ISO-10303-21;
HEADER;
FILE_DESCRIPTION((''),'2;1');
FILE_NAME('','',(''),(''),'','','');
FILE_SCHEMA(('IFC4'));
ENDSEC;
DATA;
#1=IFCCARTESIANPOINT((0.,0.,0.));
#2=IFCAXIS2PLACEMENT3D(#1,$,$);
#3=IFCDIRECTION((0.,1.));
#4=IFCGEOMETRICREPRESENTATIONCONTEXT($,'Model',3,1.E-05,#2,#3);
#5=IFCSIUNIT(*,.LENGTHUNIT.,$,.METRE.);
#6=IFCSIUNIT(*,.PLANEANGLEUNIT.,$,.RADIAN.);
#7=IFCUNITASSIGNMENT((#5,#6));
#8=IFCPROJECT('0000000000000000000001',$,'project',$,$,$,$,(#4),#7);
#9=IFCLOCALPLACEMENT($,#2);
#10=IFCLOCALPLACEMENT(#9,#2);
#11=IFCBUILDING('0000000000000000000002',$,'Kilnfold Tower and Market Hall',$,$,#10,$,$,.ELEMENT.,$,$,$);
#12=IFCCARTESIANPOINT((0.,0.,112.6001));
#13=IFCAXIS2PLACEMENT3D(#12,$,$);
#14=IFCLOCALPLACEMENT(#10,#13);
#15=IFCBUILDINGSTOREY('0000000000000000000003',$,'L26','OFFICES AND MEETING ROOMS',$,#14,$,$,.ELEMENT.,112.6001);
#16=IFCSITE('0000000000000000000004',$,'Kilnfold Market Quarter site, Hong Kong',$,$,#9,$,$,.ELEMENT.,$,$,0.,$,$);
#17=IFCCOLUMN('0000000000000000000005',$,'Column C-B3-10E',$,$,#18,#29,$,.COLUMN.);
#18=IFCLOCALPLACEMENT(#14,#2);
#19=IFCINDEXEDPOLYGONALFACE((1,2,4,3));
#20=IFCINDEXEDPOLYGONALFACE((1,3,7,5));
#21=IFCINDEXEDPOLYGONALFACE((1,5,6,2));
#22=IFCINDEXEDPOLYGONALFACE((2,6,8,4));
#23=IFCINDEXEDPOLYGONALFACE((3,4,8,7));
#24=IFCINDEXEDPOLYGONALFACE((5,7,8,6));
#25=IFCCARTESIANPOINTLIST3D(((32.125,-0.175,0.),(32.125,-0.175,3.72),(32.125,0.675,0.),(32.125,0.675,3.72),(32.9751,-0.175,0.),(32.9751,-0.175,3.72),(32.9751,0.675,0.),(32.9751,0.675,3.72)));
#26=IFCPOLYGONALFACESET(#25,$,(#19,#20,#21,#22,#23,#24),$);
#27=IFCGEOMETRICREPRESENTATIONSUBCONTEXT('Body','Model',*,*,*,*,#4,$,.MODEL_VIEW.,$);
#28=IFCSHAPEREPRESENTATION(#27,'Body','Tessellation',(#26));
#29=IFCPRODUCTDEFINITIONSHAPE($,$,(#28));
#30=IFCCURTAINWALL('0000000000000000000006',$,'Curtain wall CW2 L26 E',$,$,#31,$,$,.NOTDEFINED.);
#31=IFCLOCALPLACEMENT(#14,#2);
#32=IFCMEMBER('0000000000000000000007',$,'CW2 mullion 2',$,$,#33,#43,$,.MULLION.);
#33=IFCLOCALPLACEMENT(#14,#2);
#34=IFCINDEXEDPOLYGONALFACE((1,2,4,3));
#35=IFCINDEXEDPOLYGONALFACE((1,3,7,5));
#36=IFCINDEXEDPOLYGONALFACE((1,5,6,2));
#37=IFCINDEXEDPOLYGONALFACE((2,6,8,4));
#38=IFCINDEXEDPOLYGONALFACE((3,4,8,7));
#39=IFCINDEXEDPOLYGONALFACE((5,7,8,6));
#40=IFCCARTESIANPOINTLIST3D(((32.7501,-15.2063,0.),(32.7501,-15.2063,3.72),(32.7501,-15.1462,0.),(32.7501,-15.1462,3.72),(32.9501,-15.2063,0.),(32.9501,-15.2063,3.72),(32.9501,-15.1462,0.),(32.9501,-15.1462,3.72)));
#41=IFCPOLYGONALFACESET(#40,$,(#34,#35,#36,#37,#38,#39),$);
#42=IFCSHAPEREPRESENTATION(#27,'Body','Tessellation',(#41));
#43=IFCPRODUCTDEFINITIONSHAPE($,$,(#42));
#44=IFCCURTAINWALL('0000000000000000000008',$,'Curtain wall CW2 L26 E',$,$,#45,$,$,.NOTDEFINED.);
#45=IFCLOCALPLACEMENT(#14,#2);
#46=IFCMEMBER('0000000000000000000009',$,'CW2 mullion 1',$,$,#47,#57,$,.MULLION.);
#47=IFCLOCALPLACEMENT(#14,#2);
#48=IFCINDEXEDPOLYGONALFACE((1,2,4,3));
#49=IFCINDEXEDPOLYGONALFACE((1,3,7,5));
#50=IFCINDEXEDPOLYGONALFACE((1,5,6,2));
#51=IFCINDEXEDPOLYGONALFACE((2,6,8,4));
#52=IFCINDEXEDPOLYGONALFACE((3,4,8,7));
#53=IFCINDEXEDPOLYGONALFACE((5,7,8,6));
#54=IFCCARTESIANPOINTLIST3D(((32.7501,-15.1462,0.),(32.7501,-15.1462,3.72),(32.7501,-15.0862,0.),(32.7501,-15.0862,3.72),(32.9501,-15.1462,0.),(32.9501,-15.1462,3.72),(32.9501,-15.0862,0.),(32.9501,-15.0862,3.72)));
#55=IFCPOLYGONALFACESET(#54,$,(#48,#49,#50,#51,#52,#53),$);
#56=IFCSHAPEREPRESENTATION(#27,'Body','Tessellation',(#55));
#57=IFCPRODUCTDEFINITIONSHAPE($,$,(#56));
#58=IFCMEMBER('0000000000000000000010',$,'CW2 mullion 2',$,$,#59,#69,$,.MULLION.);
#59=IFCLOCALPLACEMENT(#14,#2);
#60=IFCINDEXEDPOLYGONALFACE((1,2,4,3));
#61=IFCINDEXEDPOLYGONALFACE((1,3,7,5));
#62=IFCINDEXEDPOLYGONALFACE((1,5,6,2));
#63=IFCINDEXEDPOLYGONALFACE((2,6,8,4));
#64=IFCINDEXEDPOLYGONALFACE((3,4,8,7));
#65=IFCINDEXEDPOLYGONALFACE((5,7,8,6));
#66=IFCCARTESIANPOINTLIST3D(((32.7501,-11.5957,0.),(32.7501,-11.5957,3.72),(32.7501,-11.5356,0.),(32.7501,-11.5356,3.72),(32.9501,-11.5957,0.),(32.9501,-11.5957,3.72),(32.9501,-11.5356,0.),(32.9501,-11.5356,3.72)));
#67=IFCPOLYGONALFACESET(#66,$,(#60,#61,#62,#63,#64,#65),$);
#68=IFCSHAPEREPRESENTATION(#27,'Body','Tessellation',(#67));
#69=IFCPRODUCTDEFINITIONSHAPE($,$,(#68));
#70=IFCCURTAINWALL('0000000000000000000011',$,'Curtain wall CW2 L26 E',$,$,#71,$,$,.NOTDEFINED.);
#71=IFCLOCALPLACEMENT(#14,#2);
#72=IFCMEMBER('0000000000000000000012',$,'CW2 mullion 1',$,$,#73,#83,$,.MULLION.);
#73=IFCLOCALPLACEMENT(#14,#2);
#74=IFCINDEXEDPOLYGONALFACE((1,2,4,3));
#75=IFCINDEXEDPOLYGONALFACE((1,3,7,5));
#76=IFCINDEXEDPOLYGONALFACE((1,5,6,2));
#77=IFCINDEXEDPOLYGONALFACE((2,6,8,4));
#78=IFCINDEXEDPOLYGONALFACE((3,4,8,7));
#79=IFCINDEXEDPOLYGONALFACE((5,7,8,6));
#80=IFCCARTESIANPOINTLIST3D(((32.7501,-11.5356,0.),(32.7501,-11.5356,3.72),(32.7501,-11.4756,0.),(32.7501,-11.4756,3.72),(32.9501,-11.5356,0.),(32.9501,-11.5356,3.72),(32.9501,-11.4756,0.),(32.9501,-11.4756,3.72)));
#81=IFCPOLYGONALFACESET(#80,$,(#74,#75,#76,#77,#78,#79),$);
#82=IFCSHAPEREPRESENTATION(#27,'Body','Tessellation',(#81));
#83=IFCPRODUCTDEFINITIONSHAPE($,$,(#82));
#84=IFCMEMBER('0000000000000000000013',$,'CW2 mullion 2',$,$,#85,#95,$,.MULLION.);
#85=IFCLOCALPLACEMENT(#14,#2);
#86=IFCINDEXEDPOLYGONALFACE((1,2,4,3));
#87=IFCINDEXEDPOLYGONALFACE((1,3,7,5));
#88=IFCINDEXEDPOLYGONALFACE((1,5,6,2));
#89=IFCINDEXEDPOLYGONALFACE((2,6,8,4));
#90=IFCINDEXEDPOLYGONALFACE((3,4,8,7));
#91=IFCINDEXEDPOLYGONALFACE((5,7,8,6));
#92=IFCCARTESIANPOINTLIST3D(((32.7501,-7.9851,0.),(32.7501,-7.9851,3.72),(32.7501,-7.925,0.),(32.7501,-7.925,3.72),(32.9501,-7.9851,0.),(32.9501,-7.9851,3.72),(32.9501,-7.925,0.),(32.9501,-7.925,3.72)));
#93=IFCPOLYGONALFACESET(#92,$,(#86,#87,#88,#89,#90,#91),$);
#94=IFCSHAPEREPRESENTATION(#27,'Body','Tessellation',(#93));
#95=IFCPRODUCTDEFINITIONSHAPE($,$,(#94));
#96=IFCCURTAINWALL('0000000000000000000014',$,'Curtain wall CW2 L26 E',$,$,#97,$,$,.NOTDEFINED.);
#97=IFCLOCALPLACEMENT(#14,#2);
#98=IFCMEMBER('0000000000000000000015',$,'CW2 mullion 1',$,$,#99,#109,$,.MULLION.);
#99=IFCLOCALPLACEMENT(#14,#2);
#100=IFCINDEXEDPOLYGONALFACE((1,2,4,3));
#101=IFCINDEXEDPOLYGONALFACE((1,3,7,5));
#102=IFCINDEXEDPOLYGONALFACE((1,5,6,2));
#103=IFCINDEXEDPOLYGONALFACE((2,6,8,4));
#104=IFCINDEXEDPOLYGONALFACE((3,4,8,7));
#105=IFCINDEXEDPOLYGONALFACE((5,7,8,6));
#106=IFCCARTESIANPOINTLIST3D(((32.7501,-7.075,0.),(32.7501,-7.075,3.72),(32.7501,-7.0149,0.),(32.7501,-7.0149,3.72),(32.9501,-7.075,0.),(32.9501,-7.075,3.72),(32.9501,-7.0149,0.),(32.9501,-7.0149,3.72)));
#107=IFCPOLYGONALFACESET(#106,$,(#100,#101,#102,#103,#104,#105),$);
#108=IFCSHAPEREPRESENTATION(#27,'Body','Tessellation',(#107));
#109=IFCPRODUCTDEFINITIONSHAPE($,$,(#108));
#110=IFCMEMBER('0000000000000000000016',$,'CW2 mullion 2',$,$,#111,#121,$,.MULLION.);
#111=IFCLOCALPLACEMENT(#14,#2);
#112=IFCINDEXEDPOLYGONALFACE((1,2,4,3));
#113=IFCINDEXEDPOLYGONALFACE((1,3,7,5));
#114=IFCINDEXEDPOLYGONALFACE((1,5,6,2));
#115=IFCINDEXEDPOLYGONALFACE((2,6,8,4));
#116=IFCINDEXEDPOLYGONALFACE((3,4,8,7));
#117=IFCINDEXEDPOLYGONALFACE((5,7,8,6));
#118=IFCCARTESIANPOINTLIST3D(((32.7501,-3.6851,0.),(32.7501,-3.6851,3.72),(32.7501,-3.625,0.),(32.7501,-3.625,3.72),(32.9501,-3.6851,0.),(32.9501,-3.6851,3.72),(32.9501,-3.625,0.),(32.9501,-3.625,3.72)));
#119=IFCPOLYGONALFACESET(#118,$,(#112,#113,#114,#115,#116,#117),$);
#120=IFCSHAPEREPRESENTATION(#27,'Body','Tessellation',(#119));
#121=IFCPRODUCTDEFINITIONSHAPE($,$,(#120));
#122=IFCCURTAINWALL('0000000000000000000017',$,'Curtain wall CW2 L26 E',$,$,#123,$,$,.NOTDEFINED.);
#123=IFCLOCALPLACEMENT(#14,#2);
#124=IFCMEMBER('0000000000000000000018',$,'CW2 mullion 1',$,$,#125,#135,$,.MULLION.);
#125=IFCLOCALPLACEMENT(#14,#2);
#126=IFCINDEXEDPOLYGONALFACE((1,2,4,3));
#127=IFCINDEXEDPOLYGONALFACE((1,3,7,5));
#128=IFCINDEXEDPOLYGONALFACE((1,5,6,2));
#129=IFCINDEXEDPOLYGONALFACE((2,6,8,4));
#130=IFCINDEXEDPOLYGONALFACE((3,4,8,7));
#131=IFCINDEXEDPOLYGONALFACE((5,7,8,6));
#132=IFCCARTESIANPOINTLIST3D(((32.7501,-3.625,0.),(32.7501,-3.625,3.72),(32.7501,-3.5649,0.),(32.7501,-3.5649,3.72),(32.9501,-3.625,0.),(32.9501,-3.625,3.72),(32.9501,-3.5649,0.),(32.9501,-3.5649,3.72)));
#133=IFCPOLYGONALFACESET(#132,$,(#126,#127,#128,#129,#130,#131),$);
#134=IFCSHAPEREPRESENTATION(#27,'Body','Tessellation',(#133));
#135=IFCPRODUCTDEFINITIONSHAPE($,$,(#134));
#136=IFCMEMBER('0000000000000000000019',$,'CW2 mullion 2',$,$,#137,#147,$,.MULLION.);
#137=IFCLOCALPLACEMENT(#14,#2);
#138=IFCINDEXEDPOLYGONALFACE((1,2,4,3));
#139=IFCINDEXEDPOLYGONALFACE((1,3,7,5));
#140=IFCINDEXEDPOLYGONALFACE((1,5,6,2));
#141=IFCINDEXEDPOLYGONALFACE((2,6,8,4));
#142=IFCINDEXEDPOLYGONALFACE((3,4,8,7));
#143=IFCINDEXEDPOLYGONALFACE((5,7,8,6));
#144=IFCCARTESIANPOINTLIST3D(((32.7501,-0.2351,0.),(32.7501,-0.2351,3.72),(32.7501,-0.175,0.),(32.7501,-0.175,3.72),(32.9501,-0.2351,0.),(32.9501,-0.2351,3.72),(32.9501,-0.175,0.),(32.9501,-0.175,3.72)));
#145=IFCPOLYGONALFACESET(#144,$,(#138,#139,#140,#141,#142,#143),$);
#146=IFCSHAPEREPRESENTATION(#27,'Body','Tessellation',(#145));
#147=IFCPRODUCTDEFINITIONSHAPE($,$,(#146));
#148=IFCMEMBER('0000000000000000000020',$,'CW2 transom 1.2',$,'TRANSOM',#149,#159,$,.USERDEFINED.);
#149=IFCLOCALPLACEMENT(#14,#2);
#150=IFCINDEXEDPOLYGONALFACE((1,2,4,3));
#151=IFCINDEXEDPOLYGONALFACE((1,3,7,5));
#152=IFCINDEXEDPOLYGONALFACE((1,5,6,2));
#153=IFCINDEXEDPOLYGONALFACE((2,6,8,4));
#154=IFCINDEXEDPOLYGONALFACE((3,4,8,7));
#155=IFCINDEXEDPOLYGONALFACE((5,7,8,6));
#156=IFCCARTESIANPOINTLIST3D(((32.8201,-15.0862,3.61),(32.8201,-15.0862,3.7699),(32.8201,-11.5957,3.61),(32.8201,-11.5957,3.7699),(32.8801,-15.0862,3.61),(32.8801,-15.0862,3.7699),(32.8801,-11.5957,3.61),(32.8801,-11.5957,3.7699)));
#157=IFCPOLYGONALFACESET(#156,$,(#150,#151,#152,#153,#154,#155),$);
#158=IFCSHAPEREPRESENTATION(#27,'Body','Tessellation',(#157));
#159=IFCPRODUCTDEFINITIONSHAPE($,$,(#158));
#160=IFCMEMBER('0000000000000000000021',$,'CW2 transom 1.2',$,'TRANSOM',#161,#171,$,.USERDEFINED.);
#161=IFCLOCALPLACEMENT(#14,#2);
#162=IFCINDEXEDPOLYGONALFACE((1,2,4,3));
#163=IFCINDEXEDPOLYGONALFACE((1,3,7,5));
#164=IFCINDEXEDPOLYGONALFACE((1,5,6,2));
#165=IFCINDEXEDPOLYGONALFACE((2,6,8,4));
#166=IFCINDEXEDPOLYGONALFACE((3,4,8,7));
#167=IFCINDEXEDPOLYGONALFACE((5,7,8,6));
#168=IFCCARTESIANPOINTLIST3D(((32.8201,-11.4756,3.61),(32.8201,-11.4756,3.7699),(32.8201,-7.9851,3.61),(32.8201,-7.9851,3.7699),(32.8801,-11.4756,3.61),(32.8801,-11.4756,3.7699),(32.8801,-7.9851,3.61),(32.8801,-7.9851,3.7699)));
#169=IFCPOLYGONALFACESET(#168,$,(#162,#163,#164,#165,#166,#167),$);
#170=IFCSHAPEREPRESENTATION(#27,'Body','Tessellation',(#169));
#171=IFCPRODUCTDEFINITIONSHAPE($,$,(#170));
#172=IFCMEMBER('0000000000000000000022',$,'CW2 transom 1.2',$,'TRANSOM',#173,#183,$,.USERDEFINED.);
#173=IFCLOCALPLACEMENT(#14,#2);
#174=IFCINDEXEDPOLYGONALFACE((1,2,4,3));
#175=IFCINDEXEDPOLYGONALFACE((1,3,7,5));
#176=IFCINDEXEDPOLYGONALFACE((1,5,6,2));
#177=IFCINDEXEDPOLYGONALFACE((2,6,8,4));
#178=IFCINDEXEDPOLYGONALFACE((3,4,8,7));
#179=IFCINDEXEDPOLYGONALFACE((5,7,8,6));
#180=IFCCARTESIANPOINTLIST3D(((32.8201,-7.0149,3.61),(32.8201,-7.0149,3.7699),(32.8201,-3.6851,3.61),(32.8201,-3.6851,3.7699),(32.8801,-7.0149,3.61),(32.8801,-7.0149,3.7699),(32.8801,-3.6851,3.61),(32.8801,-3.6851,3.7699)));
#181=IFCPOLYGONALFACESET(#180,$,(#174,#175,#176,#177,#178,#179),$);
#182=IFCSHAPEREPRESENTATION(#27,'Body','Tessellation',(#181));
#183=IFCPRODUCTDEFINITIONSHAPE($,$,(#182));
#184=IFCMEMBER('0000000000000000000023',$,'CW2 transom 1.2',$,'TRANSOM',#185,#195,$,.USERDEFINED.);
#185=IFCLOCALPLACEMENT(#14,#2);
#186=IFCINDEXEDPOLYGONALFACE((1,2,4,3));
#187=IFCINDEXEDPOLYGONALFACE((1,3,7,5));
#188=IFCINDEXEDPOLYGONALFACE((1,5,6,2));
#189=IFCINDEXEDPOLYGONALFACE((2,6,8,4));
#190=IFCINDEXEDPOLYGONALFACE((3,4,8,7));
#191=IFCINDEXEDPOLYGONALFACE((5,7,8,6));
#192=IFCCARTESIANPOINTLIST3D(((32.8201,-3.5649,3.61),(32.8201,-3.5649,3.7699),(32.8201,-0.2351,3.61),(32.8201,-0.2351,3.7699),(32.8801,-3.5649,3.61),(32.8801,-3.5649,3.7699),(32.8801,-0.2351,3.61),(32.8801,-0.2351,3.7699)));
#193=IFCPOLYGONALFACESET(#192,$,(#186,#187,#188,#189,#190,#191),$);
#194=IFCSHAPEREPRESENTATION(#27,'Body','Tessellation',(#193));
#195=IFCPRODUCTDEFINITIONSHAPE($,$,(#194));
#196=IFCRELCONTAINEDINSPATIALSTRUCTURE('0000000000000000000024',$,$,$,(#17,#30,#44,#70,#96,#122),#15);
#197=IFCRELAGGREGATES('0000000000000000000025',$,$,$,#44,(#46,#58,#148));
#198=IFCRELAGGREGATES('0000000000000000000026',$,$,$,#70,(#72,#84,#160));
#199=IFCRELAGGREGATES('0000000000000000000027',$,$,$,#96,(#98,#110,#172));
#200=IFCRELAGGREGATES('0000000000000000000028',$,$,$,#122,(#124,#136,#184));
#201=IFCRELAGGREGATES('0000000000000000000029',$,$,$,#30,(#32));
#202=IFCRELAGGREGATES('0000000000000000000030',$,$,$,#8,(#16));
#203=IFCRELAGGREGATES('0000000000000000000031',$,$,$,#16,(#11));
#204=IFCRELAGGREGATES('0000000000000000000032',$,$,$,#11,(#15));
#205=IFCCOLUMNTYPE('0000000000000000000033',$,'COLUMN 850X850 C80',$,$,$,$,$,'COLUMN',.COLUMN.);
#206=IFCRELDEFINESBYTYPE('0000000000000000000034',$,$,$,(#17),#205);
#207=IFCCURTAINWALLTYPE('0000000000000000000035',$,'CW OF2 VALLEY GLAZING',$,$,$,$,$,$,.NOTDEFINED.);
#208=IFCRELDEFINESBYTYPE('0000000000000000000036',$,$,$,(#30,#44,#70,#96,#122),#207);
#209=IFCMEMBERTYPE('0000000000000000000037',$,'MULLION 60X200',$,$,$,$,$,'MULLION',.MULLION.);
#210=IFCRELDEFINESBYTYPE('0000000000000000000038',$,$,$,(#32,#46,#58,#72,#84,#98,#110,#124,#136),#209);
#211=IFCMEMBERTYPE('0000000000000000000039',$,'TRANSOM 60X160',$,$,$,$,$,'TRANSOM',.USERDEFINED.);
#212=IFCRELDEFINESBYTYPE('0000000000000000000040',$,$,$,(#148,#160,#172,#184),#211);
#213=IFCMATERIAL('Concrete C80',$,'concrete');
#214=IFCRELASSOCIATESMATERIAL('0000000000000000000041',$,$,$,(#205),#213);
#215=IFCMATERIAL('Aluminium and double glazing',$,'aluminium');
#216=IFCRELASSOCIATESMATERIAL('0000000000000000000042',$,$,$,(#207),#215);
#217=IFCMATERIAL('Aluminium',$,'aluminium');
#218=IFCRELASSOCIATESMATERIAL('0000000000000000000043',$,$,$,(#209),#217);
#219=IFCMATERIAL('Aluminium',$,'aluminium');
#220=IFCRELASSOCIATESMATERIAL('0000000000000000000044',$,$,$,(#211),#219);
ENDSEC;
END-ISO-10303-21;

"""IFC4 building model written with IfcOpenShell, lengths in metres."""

from ifc_helpers import new_model, si_unit, direction, frame, origin, origin_2d, place, context, subcontext, project, spatial, rectangle, extrude, source, transform, mapped, material, material_profile, profile_set, type_object, element, aggregate, save


model = new_model("IFC4")

# Units and contexts
model_context = context("Model", 3, precision=1e-05, world=origin(), true_north=direction((0.0, 1.0)))
body_context = subcontext(model_context, "Body", "Model", "MODEL_VIEW")
ifc_project = project(units=[si_unit("LENGTHUNIT", "METRE"), si_unit("PLANEANGLEUNIT", "RADIAN")], contexts=[model_context])

# Site, building, storey
site_placement = place(None, origin())
site = spatial("IfcSite", under=ifc_project, at=site_placement, Name="Kilnfold Market Quarter site, Hong Kong", CompositionType="ELEMENT", RefElevation=0.0)
building_placement = place(site_placement, origin())
building = spatial("IfcBuilding", under=site, at=building_placement, Name="Kilnfold Tower and Market Hall", CompositionType="ELEMENT")
storey_placement = place(building_placement, frame((0.0, 0.0, 112.6001)))
storey = spatial("IfcBuildingStorey", under=building, at=storey_placement, Name="L26", Description="OFFICES AND MEETING ROOMS", CompositionType="ELEMENT", Elevation=112.6001)

# Column
ifc_material_1 = material(Name="Concrete C80", Category="concrete")
ifc_material_profile_1 = material_profile(ifc_material_1, rectangle(XDim=0.8501, YDim=0.8501, at=origin_2d()), Name="RC 850x850")
ifc_profile_set_1 = profile_set([ifc_material_profile_1], Name="Concrete C80")
column_type = type_object("IfcColumnType", Name="COLUMN 850X850 C80", ElementType="COLUMN", PredefinedType="COLUMN", material=ifc_profile_set_1)
shared_shape_1 = source(origin(), body_context, "Body", "SweptSolid", [
    extrude(rectangle(XDim=0.8501, YDim=0.8501, at=origin_2d()), origin(), (0.0, 0.0, 1.0), 3.72),
])
column_placement = place(storey_placement, frame((32.55, 0.25, 0.0), z_axis=(0.0, 0.0, 1.0), x_axis=(1.0, 0.0, 0.0)))
element("IfcColumn", 1, at=column_placement, inside=storey, type_object=column_type, Name="Column C-B3-10E", PredefinedType="COLUMN", context=body_context, shape_type="MappedRepresentation", body=[
    mapped(shared_shape_1, transform((0.0, 0.0, 0.0))),
])

# Curtain wall, member
ifc_material_2 = material(Name="Aluminium and double glazing", Category="aluminium")
curtain_wall_type = type_object("IfcCurtainWallType", Name="CW OF2 VALLEY GLAZING", PredefinedType="NOTDEFINED", material=ifc_material_2)
curtain_wall_1_placement = place(storey_placement, origin())
curtain_wall_1 = element("IfcCurtainWall", 2, at=curtain_wall_1_placement, inside=storey, type_object=curtain_wall_type, Name="Curtain wall CW2 L26 E", PredefinedType="NOTDEFINED")
ifc_material_3 = material(Name="Aluminium", Category="aluminium")
ifc_material_profile_2 = material_profile(ifc_material_3, rectangle(XDim=0.0601, YDim=0.2, at=origin_2d()), Name="MULLION 60x200")
ifc_profile_set_2 = profile_set([ifc_material_profile_2], Name="Aluminium")
member_type_1 = type_object("IfcMemberType", Name="MULLION 60X200", ElementType="MULLION", PredefinedType="MULLION", material=ifc_profile_set_2)
shared_shape_2 = source(origin(), body_context, "Body", "SweptSolid", [
    extrude(rectangle(XDim=0.0601, YDim=0.2, at=origin_2d()), origin(), (0.0, 0.0, 1.0), 3.72),
])
member_1_placement = place(storey_placement, frame((32.8501, -15.1763, 0.0), z_axis=(0.0, 0.0, 1.0), x_axis=(0.0, 1.0, 0.0)))
member_1 = element("IfcMember", 3, at=member_1_placement, type_object=member_type_1, Name="CW2 mullion 2", PredefinedType="MULLION", context=body_context, shape_type="MappedRepresentation", body=[
    mapped(shared_shape_2, transform((0.0, 0.0, 0.0))),
])

# Curtain walls, members
curtain_wall_2_placement = place(storey_placement, origin())
curtain_wall_2 = element("IfcCurtainWall", 4, at=curtain_wall_2_placement, inside=storey, type_object=curtain_wall_type, Name="Curtain wall CW2 L26 E", PredefinedType="NOTDEFINED")
member_2_placement = place(storey_placement, frame((32.8501, -15.1162, 0.0), z_axis=(0.0, 0.0, 1.0), x_axis=(0.0, 1.0, 0.0)))
member_2 = element("IfcMember", 5, at=member_2_placement, type_object=member_type_1, Name="CW2 mullion 1", PredefinedType="MULLION", context=body_context, shape_type="MappedRepresentation", body=[
    mapped(shared_shape_2, transform((0.0, 0.0, 0.0))),
])
member_3_placement = place(storey_placement, frame((32.8501, -11.5657, 0.0), z_axis=(0.0, 0.0, 1.0), x_axis=(0.0, 1.0, 0.0)))
member_3 = element("IfcMember", 6, at=member_3_placement, type_object=member_type_1, Name="CW2 mullion 2", PredefinedType="MULLION", context=body_context, shape_type="MappedRepresentation", body=[
    mapped(shared_shape_2, transform((0.0, 0.0, 0.0))),
])
curtain_wall_3_placement = place(storey_placement, origin())
curtain_wall_3 = element("IfcCurtainWall", 7, at=curtain_wall_3_placement, inside=storey, type_object=curtain_wall_type, Name="Curtain wall CW2 L26 E", PredefinedType="NOTDEFINED")
member_4_placement = place(storey_placement, frame((32.8501, -11.5056, 0.0), z_axis=(0.0, 0.0, 1.0), x_axis=(0.0, 1.0, 0.0)))
member_4 = element("IfcMember", 8, at=member_4_placement, type_object=member_type_1, Name="CW2 mullion 1", PredefinedType="MULLION", context=body_context, shape_type="MappedRepresentation", body=[
    mapped(shared_shape_2, transform((0.0, 0.0, 0.0))),
])
member_5_placement = place(storey_placement, frame((32.8501, -7.9551, 0.0), z_axis=(0.0, 0.0, 1.0), x_axis=(0.0, 1.0, 0.0)))
member_5 = element("IfcMember", 9, at=member_5_placement, type_object=member_type_1, Name="CW2 mullion 2", PredefinedType="MULLION", context=body_context, shape_type="MappedRepresentation", body=[
    mapped(shared_shape_2, transform((0.0, 0.0, 0.0))),
])
curtain_wall_4_placement = place(storey_placement, origin())
curtain_wall_4 = element("IfcCurtainWall", 10, at=curtain_wall_4_placement, inside=storey, type_object=curtain_wall_type, Name="Curtain wall CW2 L26 E", PredefinedType="NOTDEFINED")
member_6_placement = place(storey_placement, frame((32.8501, -7.0449, 0.0), z_axis=(0.0, 0.0, 1.0), x_axis=(0.0, 1.0, 0.0)))
member_6 = element("IfcMember", 11, at=member_6_placement, type_object=member_type_1, Name="CW2 mullion 1", PredefinedType="MULLION", context=body_context, shape_type="MappedRepresentation", body=[
    mapped(shared_shape_2, transform((0.0, 0.0, 0.0))),
])
member_7_placement = place(storey_placement, frame((32.8501, -3.655, 0.0), z_axis=(0.0, 0.0, 1.0), x_axis=(0.0, 1.0, 0.0)))
member_7 = element("IfcMember", 12, at=member_7_placement, type_object=member_type_1, Name="CW2 mullion 2", PredefinedType="MULLION", context=body_context, shape_type="MappedRepresentation", body=[
    mapped(shared_shape_2, transform((0.0, 0.0, 0.0))),
])
curtain_wall_5_placement = place(storey_placement, origin())
curtain_wall_5 = element("IfcCurtainWall", 13, at=curtain_wall_5_placement, inside=storey, type_object=curtain_wall_type, Name="Curtain wall CW2 L26 E", PredefinedType="NOTDEFINED")
member_8_placement = place(storey_placement, frame((32.8501, -3.595, 0.0), z_axis=(0.0, 0.0, 1.0), x_axis=(0.0, 1.0, 0.0)))
member_8 = element("IfcMember", 14, at=member_8_placement, type_object=member_type_1, Name="CW2 mullion 1", PredefinedType="MULLION", context=body_context, shape_type="MappedRepresentation", body=[
    mapped(shared_shape_2, transform((0.0, 0.0, 0.0))),
])
member_9_placement = place(storey_placement, frame((32.8501, -0.2051, 0.0), z_axis=(0.0, 0.0, 1.0), x_axis=(0.0, 1.0, 0.0)))
member_9 = element("IfcMember", 15, at=member_9_placement, type_object=member_type_1, Name="CW2 mullion 2", PredefinedType="MULLION", context=body_context, shape_type="MappedRepresentation", body=[
    mapped(shared_shape_2, transform((0.0, 0.0, 0.0))),
])

# Members
ifc_material_4 = material(Name="Aluminium", Category="aluminium")
ifc_material_profile_3 = material_profile(ifc_material_4, rectangle(XDim=0.0601, YDim=0.1599, at=origin_2d()), Name="TRANSOM 60x160")
ifc_profile_set_3 = profile_set([ifc_material_profile_3], Name="Aluminium")
member_type_2 = type_object("IfcMemberType", Name="TRANSOM 60X160", ElementType="TRANSOM", PredefinedType="USERDEFINED", material=ifc_profile_set_3)
shared_shape_3 = source(origin(), body_context, "Body", "SweptSolid", [
    extrude(rectangle(XDim=0.0601, YDim=0.1599, at=origin_2d()), origin(), (0.0, 0.0, 1.0), 3.4905),
])
member_10_placement = place(storey_placement, frame((32.8501, -15.0862, 3.6899), z_axis=(0.0, 1.0, 0.0), x_axis=(-1.0, 0.0, 0.0)))
member_10 = element("IfcMember", 16, at=member_10_placement, type_object=member_type_2, Name="CW2 transom 1.2", ObjectType="TRANSOM", PredefinedType="USERDEFINED", context=body_context, shape_type="MappedRepresentation", body=[
    mapped(shared_shape_3, transform((0.0, 0.0, 0.0))),
])
member_11_placement = place(storey_placement, frame((32.8501, -11.4756, 3.6899), z_axis=(0.0, 1.0, 0.0), x_axis=(-1.0, 0.0, 0.0)))
member_11 = element("IfcMember", 17, at=member_11_placement, type_object=member_type_2, Name="CW2 transom 1.2", ObjectType="TRANSOM", PredefinedType="USERDEFINED", context=body_context, shape_type="MappedRepresentation", body=[
    mapped(shared_shape_3, transform((0.0, 0.0, 0.0))),
])
shared_shape_4 = source(origin(), body_context, "Body", "SweptSolid", [
    extrude(rectangle(XDim=0.0601, YDim=0.1599, at=origin_2d()), origin(), (0.0, 0.0, 1.0), 3.3298),
])
member_12_placement = place(storey_placement, frame((32.8501, -7.0149, 3.6899), z_axis=(0.0, 1.0, 0.0), x_axis=(-1.0, 0.0, 0.0)))
member_12 = element("IfcMember", 18, at=member_12_placement, type_object=member_type_2, Name="CW2 transom 1.2", ObjectType="TRANSOM", PredefinedType="USERDEFINED", context=body_context, shape_type="MappedRepresentation", body=[
    mapped(shared_shape_4, transform((0.0, 0.0, 0.0))),
])
member_13_placement = place(storey_placement, frame((32.8501, -3.5649, 3.6899), z_axis=(0.0, 1.0, 0.0), x_axis=(-1.0, 0.0, 0.0)))
member_13 = element("IfcMember", 19, at=member_13_placement, type_object=member_type_2, Name="CW2 transom 1.2", ObjectType="TRANSOM", PredefinedType="USERDEFINED", context=body_context, shape_type="MappedRepresentation", body=[
    mapped(shared_shape_4, transform((0.0, 0.0, 0.0))),
])

aggregate(curtain_wall_2, [member_2, member_3, member_10])
aggregate(curtain_wall_3, [member_4, member_5, member_11])
aggregate(curtain_wall_4, [member_6, member_7, member_12])
aggregate(curtain_wall_5, [member_8, member_9, member_13])
aggregate(curtain_wall_1, [member_1])

save(model, "model.ifc")
